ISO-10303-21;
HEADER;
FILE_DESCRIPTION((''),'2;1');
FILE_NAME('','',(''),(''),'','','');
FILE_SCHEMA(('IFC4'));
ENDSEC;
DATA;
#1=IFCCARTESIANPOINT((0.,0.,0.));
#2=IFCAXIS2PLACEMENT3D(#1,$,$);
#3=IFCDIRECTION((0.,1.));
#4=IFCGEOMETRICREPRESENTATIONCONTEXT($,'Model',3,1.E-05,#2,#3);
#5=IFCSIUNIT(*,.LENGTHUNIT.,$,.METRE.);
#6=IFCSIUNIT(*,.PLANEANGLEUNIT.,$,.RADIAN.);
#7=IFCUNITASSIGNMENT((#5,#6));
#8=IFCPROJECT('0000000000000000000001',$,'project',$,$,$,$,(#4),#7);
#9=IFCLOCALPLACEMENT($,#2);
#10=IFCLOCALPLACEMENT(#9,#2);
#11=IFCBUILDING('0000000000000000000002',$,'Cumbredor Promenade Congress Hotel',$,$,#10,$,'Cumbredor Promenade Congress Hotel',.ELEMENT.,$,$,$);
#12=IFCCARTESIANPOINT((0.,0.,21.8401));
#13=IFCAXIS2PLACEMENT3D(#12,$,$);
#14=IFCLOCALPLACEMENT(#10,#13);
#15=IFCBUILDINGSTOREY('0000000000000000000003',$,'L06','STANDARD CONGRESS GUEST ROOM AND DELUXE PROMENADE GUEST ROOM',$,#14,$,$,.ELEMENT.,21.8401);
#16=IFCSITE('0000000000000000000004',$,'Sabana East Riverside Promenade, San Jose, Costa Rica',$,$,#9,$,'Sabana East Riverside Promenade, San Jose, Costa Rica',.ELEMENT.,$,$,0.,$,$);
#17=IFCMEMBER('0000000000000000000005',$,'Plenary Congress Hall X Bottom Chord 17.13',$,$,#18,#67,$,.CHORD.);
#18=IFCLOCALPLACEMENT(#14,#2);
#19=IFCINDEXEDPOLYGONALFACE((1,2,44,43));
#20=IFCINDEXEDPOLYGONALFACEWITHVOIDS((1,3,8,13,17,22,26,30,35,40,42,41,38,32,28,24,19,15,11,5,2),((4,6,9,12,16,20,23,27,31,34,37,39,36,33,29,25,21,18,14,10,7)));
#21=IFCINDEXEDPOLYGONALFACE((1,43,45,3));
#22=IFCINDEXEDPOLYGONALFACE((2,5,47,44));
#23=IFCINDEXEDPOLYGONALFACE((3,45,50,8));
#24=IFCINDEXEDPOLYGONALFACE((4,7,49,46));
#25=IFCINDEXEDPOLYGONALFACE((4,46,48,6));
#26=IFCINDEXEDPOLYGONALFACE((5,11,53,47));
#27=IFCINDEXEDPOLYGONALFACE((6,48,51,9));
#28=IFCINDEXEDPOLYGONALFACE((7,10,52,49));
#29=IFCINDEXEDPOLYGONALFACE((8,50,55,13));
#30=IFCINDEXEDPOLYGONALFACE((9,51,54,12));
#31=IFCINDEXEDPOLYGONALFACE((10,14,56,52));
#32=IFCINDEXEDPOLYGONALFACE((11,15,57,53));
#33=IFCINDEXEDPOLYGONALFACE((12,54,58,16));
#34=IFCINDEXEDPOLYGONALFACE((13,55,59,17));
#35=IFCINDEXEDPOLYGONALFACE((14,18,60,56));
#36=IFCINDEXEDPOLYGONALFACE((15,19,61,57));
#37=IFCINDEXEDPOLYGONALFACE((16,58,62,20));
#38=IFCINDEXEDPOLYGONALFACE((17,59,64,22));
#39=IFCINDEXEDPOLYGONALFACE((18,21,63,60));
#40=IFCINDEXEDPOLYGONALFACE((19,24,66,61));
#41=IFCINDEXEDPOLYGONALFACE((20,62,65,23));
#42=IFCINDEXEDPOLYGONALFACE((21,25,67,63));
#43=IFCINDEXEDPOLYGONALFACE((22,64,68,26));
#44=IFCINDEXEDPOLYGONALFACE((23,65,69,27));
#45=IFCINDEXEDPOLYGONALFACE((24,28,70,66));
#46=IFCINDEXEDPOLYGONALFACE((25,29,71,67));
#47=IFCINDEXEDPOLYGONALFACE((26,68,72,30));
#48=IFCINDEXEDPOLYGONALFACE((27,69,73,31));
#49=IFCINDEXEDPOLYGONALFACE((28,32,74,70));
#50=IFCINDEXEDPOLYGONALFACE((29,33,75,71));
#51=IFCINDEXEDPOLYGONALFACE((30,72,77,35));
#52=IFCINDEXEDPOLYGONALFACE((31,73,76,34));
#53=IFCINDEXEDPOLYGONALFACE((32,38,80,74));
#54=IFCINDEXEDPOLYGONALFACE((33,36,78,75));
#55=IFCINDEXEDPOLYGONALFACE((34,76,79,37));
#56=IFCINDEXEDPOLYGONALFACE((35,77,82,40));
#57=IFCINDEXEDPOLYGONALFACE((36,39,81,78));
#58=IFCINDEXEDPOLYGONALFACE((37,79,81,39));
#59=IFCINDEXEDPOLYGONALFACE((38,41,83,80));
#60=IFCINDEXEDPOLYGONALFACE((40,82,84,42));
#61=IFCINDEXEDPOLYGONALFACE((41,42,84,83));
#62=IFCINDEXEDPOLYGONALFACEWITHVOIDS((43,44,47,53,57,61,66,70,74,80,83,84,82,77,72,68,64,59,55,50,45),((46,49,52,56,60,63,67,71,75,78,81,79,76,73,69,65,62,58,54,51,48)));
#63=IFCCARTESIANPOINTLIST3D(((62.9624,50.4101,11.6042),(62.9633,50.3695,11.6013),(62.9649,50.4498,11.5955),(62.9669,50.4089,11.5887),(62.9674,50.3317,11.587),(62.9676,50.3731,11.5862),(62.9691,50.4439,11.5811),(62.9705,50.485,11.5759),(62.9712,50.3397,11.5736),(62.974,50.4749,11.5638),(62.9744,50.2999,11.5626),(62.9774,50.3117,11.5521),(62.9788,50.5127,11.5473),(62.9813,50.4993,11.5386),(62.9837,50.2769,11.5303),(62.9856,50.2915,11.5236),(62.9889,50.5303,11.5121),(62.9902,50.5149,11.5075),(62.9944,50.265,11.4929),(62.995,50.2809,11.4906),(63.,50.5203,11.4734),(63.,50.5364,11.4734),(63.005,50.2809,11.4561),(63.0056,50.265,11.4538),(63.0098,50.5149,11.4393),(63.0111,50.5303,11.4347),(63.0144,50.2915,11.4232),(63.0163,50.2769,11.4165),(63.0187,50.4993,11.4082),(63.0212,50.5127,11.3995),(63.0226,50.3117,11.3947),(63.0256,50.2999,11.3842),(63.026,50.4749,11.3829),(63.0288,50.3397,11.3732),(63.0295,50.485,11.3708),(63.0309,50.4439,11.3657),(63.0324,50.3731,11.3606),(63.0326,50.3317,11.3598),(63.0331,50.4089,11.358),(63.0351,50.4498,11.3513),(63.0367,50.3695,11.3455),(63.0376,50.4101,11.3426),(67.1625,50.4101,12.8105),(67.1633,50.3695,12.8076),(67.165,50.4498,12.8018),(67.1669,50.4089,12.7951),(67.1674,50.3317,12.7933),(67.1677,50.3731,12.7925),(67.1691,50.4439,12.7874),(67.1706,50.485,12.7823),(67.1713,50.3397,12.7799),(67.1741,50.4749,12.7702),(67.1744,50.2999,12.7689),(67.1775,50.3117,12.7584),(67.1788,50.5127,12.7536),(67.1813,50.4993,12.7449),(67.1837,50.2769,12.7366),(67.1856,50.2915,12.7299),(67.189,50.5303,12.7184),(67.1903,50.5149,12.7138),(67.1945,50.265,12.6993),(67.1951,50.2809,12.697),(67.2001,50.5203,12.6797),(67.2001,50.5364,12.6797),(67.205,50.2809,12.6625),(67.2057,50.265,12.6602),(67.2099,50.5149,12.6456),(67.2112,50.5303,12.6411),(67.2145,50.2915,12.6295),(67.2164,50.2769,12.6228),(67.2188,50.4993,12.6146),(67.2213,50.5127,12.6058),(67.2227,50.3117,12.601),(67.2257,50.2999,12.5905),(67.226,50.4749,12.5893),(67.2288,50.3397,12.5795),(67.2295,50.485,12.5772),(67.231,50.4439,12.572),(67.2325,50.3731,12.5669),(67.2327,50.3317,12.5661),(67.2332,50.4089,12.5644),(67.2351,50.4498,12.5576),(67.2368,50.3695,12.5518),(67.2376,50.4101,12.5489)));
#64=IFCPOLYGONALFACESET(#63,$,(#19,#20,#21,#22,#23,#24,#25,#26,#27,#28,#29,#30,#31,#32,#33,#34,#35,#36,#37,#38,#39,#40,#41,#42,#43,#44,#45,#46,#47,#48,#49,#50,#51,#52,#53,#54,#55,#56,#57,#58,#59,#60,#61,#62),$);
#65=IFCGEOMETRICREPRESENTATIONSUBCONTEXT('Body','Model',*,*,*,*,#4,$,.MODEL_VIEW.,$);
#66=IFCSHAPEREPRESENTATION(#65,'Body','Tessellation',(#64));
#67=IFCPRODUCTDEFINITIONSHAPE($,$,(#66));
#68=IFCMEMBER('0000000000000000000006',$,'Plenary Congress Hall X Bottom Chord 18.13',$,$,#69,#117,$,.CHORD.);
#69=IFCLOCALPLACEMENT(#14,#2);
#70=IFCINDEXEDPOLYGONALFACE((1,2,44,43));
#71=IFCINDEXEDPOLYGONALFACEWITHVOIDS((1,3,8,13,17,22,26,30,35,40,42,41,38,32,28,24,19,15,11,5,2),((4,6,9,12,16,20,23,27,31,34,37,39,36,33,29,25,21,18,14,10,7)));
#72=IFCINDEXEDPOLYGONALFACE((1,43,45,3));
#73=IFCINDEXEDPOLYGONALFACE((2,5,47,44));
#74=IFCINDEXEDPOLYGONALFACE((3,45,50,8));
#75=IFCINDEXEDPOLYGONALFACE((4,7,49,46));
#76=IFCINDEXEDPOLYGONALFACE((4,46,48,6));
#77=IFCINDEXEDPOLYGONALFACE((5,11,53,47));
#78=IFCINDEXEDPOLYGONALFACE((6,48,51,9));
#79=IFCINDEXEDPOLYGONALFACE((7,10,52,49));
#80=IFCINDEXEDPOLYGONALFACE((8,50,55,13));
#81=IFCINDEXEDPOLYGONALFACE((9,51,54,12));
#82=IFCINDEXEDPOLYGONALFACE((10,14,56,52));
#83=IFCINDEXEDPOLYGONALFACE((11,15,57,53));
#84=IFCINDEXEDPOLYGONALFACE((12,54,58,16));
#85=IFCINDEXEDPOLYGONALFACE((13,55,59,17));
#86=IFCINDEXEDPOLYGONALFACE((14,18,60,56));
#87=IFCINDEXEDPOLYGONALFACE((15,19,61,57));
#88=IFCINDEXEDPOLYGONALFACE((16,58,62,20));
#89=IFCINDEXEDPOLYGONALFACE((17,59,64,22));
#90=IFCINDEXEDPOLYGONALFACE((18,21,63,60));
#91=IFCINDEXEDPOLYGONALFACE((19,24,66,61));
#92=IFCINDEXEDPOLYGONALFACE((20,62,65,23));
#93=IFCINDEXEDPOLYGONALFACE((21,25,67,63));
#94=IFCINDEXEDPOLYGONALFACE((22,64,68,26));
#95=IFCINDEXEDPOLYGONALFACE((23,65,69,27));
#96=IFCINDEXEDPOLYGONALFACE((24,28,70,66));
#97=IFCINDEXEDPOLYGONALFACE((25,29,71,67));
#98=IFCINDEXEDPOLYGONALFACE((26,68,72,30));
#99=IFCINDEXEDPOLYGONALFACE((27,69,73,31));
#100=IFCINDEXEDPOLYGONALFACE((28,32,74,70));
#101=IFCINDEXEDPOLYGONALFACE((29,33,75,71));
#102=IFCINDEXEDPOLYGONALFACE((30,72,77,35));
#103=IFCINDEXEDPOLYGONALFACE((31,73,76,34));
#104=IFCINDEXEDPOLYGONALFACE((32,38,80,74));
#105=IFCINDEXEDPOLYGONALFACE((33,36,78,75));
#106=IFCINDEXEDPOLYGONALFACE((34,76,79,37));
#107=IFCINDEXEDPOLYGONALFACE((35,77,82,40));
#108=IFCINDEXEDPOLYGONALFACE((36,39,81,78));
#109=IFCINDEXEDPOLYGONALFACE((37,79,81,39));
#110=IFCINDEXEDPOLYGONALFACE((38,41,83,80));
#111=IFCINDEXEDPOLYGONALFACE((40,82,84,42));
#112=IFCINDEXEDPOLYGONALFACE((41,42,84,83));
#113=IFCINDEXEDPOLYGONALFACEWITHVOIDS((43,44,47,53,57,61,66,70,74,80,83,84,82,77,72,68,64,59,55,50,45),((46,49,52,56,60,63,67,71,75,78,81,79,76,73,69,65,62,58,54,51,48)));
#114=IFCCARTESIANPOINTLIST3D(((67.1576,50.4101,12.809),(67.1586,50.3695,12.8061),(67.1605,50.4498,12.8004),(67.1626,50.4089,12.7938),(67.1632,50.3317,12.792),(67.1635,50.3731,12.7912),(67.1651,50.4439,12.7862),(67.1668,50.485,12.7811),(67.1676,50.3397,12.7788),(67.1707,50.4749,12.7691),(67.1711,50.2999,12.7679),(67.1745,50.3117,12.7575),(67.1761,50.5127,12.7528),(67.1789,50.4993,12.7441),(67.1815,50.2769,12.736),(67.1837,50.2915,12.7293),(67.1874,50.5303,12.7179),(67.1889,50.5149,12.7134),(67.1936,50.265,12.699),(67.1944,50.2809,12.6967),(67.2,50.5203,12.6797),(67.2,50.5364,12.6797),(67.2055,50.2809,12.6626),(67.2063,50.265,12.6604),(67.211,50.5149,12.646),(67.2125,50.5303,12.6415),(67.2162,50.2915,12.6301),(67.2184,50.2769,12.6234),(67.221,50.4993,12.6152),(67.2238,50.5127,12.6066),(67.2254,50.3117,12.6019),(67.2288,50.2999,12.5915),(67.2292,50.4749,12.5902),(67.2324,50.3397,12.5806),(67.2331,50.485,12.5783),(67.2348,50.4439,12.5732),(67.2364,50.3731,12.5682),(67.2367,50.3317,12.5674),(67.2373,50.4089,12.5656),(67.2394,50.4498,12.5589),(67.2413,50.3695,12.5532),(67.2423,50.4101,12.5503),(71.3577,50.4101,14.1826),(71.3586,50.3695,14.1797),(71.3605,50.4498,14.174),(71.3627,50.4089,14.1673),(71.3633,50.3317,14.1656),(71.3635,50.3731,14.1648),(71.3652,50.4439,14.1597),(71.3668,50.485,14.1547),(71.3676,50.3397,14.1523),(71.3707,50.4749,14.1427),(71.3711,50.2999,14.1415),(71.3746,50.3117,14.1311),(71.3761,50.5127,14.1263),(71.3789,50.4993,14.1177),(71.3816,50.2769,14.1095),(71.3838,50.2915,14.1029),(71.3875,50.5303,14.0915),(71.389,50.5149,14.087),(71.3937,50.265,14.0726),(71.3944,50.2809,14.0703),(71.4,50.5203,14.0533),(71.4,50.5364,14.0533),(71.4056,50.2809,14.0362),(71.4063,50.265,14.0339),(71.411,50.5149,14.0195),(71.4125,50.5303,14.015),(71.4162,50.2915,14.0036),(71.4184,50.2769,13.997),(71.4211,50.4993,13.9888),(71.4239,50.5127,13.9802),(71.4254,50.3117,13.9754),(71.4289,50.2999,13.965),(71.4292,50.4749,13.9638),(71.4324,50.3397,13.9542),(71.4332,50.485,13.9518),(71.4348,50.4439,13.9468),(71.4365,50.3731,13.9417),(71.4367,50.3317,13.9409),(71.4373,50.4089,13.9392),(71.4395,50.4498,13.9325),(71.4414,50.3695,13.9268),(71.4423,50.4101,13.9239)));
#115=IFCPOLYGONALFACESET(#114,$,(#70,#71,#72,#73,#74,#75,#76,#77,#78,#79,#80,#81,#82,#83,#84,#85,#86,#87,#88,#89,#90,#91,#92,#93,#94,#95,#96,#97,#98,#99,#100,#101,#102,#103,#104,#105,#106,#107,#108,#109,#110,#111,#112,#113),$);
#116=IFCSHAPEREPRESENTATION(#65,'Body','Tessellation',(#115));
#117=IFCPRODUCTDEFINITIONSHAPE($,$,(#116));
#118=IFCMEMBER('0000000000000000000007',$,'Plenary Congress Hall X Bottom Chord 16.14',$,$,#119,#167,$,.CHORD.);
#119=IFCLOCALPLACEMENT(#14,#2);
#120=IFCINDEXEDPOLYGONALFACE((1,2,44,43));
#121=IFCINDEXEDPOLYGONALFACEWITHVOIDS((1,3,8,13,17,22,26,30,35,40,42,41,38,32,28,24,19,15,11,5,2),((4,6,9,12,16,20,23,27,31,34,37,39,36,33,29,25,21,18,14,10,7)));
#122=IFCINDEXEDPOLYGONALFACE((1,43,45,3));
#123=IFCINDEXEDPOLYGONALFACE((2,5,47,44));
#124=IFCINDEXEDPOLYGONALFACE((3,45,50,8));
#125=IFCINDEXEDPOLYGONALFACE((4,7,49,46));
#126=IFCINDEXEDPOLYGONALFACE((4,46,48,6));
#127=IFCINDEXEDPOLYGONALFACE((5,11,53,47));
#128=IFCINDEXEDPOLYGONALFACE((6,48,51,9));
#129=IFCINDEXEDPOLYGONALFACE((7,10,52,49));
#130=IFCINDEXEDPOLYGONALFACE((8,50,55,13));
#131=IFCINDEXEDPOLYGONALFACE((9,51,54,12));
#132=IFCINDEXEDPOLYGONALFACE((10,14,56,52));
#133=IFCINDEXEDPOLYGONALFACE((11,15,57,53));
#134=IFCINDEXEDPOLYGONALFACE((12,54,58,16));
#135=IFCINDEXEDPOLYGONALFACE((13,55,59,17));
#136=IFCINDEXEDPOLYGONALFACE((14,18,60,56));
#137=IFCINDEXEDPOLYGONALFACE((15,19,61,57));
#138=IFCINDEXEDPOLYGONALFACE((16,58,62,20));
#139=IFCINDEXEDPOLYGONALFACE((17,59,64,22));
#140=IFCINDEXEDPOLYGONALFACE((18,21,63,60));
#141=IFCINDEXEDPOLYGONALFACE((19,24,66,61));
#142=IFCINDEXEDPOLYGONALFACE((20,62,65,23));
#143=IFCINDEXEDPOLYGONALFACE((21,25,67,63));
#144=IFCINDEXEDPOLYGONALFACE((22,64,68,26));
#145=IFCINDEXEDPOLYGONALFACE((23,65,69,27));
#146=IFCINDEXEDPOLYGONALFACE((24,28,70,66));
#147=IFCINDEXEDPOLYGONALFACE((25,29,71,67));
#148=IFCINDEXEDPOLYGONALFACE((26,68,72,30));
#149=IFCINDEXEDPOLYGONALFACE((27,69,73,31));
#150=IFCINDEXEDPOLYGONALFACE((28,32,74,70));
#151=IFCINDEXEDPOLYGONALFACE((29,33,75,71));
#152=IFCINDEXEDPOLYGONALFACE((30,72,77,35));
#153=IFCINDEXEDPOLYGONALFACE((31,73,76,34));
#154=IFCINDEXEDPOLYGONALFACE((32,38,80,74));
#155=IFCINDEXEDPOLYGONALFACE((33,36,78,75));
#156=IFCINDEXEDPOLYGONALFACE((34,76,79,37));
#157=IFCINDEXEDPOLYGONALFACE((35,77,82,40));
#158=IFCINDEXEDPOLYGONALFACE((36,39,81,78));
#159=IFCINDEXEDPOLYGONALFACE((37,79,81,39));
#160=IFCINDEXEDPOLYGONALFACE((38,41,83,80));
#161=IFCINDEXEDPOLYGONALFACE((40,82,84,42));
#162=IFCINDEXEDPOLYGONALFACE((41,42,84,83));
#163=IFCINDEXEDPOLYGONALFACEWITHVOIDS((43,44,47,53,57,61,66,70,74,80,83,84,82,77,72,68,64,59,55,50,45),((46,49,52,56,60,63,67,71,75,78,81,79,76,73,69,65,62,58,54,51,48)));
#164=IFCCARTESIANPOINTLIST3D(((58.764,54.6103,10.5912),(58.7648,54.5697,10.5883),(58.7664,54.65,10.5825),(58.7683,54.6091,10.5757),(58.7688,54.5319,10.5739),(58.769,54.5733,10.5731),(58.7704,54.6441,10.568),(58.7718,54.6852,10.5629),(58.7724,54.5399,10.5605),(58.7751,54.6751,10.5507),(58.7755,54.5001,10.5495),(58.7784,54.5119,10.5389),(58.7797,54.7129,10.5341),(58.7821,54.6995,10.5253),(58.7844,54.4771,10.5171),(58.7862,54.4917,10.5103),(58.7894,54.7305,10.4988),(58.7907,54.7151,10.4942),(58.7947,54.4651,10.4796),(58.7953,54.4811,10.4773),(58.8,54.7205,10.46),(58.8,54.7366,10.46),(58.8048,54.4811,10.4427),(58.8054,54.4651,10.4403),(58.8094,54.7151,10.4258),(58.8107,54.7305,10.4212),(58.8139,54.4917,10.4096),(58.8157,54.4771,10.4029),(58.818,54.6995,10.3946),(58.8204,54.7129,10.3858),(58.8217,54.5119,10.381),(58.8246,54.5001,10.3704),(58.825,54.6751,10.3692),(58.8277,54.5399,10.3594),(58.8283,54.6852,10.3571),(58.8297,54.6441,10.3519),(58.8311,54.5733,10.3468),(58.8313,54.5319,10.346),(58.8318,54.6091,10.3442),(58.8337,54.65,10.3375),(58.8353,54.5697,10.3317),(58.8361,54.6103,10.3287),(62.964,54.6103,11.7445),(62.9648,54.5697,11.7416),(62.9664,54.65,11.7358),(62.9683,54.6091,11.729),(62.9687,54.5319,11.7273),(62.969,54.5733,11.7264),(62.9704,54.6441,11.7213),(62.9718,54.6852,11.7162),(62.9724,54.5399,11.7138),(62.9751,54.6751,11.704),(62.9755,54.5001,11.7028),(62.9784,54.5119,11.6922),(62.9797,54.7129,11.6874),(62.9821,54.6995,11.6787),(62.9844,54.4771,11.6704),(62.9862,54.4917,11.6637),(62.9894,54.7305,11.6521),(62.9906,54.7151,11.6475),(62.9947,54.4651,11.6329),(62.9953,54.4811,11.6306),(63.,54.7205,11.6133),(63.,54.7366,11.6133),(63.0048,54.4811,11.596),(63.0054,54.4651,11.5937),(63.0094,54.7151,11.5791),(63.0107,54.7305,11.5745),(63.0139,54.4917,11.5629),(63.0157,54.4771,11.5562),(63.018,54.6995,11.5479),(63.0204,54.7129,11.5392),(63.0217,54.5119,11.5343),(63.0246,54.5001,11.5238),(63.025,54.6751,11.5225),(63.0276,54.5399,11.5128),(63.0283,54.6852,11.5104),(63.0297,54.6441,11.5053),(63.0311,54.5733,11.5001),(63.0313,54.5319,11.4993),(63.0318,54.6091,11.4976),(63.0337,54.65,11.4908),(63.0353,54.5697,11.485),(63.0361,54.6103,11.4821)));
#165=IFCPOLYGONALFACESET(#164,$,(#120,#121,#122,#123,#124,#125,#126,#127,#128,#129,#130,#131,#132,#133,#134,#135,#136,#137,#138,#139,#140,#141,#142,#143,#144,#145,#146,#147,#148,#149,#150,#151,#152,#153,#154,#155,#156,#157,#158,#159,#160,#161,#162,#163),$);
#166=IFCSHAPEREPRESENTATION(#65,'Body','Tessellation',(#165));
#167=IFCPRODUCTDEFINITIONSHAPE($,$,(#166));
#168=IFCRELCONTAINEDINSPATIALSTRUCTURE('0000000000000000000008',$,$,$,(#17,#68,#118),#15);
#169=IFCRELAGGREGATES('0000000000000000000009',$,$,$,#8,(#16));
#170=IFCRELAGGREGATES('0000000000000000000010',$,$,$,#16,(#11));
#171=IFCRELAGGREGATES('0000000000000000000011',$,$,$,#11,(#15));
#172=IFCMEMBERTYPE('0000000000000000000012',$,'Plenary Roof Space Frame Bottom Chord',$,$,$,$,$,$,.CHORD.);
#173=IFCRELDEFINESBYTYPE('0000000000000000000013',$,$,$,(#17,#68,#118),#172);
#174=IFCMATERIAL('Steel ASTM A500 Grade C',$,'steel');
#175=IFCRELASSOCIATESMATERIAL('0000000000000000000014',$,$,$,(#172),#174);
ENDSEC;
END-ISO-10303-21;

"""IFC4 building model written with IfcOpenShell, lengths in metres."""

from ifc_helpers import new_model, si_unit, direction, frame, origin, origin_2d, place, context, subcontext, project, spatial, hollow_circle, extrude, material, material_profile, profile_set, type_object, element, save


model = new_model("IFC4")

# Units and contexts
model_context = context("Model", 3, precision=1e-05, world=origin(), true_north=direction((0.0, 1.0)))
body_context = subcontext(model_context, "Body", "Model", "MODEL_VIEW")
ifc_project = project(units=[si_unit("LENGTHUNIT", "METRE"), si_unit("PLANEANGLEUNIT", "RADIAN")], contexts=[model_context])

# Site, building, storey
site_placement = place(None, origin())
site = spatial("IfcSite", under=ifc_project, at=site_placement, Name="Sabana East Riverside Promenade, San Jose, Costa Rica", LongName="Sabana East Riverside Promenade, San Jose, Costa Rica", CompositionType="ELEMENT", RefElevation=0.0)
building_placement = place(site_placement, origin())
building = spatial("IfcBuilding", under=site, at=building_placement, Name="Cumbredor Promenade Congress Hotel", LongName="Cumbredor Promenade Congress Hotel", CompositionType="ELEMENT")
storey_placement = place(building_placement, frame((0.0, 0.0, 21.8401)))
storey = spatial("IfcBuildingStorey", under=building, at=storey_placement, Name="L06", Description="STANDARD CONGRESS GUEST ROOM AND DELUXE PROMENADE GUEST ROOM", CompositionType="ELEMENT", Elevation=21.8401)

# Members
ifc_material_1 = material(Name="Steel ASTM A500 Grade C", Category="steel")
ifc_material_profile_1 = material_profile(ifc_material_1, hollow_circle(Radius=0.1365, WallThickness=0.0161, at=origin_2d()), Name="CHS 273.0x16")
ifc_profile_set_1 = profile_set([ifc_material_profile_1], Name="Steel ASTM A500 Grade C")
member_type_1 = type_object("IfcMemberType", Name="Plenary Roof Space Frame Bottom Chord", PredefinedType="CHORD", material=ifc_profile_set_1)
member_1_placement = place(storey_placement, frame((63.0, 50.3999, 11.4734), z_axis=(0.961141, 0.0, 0.276056), x_axis=(0.0, 1.0, 0.0)))
element("IfcMember", 1, at=member_1_placement, inside=storey, type_object=member_type_1, Name="Plenary Congress Hall X Bottom Chord 17.13", PredefinedType="CHORD", context=body_context, shape_type="SweptSolid", body=[
    extrude(hollow_circle(Radius=0.1365, WallThickness=0.0161, at=origin_2d()), origin(), (0.0, 0.0, 1.0), 4.3699),
])
member_2_placement = place(storey_placement, frame((67.2, 50.3999, 12.6797), z_axis=(0.950464, 0.0, 0.310836), x_axis=(0.0, 1.0, 0.0)))
element("IfcMember", 2, at=member_2_placement, inside=storey, type_object=member_type_1, Name="Plenary Congress Hall X Bottom Chord 18.13", PredefinedType="CHORD", context=body_context, shape_type="SweptSolid", body=[
    extrude(hollow_circle(Radius=0.1365, WallThickness=0.0161, at=origin_2d()), origin(), (0.0, 0.0, 1.0), 4.4189),
])
member_3_placement = place(storey_placement, frame((58.8, 54.6001, 10.46), z_axis=(0.964303, 0.0, 0.264801), x_axis=(0.0, 1.0, 0.0)))
element("IfcMember", 3, at=member_3_placement, inside=storey, type_object=member_type_1, Name="Plenary Congress Hall X Bottom Chord 16.14", PredefinedType="CHORD", context=body_context, shape_type="SweptSolid", body=[
    extrude(hollow_circle(Radius=0.1365, WallThickness=0.0161, at=origin_2d()), origin(), (0.0, 0.0, 1.0), 4.3555),
])

save(model, "model.ifc")
